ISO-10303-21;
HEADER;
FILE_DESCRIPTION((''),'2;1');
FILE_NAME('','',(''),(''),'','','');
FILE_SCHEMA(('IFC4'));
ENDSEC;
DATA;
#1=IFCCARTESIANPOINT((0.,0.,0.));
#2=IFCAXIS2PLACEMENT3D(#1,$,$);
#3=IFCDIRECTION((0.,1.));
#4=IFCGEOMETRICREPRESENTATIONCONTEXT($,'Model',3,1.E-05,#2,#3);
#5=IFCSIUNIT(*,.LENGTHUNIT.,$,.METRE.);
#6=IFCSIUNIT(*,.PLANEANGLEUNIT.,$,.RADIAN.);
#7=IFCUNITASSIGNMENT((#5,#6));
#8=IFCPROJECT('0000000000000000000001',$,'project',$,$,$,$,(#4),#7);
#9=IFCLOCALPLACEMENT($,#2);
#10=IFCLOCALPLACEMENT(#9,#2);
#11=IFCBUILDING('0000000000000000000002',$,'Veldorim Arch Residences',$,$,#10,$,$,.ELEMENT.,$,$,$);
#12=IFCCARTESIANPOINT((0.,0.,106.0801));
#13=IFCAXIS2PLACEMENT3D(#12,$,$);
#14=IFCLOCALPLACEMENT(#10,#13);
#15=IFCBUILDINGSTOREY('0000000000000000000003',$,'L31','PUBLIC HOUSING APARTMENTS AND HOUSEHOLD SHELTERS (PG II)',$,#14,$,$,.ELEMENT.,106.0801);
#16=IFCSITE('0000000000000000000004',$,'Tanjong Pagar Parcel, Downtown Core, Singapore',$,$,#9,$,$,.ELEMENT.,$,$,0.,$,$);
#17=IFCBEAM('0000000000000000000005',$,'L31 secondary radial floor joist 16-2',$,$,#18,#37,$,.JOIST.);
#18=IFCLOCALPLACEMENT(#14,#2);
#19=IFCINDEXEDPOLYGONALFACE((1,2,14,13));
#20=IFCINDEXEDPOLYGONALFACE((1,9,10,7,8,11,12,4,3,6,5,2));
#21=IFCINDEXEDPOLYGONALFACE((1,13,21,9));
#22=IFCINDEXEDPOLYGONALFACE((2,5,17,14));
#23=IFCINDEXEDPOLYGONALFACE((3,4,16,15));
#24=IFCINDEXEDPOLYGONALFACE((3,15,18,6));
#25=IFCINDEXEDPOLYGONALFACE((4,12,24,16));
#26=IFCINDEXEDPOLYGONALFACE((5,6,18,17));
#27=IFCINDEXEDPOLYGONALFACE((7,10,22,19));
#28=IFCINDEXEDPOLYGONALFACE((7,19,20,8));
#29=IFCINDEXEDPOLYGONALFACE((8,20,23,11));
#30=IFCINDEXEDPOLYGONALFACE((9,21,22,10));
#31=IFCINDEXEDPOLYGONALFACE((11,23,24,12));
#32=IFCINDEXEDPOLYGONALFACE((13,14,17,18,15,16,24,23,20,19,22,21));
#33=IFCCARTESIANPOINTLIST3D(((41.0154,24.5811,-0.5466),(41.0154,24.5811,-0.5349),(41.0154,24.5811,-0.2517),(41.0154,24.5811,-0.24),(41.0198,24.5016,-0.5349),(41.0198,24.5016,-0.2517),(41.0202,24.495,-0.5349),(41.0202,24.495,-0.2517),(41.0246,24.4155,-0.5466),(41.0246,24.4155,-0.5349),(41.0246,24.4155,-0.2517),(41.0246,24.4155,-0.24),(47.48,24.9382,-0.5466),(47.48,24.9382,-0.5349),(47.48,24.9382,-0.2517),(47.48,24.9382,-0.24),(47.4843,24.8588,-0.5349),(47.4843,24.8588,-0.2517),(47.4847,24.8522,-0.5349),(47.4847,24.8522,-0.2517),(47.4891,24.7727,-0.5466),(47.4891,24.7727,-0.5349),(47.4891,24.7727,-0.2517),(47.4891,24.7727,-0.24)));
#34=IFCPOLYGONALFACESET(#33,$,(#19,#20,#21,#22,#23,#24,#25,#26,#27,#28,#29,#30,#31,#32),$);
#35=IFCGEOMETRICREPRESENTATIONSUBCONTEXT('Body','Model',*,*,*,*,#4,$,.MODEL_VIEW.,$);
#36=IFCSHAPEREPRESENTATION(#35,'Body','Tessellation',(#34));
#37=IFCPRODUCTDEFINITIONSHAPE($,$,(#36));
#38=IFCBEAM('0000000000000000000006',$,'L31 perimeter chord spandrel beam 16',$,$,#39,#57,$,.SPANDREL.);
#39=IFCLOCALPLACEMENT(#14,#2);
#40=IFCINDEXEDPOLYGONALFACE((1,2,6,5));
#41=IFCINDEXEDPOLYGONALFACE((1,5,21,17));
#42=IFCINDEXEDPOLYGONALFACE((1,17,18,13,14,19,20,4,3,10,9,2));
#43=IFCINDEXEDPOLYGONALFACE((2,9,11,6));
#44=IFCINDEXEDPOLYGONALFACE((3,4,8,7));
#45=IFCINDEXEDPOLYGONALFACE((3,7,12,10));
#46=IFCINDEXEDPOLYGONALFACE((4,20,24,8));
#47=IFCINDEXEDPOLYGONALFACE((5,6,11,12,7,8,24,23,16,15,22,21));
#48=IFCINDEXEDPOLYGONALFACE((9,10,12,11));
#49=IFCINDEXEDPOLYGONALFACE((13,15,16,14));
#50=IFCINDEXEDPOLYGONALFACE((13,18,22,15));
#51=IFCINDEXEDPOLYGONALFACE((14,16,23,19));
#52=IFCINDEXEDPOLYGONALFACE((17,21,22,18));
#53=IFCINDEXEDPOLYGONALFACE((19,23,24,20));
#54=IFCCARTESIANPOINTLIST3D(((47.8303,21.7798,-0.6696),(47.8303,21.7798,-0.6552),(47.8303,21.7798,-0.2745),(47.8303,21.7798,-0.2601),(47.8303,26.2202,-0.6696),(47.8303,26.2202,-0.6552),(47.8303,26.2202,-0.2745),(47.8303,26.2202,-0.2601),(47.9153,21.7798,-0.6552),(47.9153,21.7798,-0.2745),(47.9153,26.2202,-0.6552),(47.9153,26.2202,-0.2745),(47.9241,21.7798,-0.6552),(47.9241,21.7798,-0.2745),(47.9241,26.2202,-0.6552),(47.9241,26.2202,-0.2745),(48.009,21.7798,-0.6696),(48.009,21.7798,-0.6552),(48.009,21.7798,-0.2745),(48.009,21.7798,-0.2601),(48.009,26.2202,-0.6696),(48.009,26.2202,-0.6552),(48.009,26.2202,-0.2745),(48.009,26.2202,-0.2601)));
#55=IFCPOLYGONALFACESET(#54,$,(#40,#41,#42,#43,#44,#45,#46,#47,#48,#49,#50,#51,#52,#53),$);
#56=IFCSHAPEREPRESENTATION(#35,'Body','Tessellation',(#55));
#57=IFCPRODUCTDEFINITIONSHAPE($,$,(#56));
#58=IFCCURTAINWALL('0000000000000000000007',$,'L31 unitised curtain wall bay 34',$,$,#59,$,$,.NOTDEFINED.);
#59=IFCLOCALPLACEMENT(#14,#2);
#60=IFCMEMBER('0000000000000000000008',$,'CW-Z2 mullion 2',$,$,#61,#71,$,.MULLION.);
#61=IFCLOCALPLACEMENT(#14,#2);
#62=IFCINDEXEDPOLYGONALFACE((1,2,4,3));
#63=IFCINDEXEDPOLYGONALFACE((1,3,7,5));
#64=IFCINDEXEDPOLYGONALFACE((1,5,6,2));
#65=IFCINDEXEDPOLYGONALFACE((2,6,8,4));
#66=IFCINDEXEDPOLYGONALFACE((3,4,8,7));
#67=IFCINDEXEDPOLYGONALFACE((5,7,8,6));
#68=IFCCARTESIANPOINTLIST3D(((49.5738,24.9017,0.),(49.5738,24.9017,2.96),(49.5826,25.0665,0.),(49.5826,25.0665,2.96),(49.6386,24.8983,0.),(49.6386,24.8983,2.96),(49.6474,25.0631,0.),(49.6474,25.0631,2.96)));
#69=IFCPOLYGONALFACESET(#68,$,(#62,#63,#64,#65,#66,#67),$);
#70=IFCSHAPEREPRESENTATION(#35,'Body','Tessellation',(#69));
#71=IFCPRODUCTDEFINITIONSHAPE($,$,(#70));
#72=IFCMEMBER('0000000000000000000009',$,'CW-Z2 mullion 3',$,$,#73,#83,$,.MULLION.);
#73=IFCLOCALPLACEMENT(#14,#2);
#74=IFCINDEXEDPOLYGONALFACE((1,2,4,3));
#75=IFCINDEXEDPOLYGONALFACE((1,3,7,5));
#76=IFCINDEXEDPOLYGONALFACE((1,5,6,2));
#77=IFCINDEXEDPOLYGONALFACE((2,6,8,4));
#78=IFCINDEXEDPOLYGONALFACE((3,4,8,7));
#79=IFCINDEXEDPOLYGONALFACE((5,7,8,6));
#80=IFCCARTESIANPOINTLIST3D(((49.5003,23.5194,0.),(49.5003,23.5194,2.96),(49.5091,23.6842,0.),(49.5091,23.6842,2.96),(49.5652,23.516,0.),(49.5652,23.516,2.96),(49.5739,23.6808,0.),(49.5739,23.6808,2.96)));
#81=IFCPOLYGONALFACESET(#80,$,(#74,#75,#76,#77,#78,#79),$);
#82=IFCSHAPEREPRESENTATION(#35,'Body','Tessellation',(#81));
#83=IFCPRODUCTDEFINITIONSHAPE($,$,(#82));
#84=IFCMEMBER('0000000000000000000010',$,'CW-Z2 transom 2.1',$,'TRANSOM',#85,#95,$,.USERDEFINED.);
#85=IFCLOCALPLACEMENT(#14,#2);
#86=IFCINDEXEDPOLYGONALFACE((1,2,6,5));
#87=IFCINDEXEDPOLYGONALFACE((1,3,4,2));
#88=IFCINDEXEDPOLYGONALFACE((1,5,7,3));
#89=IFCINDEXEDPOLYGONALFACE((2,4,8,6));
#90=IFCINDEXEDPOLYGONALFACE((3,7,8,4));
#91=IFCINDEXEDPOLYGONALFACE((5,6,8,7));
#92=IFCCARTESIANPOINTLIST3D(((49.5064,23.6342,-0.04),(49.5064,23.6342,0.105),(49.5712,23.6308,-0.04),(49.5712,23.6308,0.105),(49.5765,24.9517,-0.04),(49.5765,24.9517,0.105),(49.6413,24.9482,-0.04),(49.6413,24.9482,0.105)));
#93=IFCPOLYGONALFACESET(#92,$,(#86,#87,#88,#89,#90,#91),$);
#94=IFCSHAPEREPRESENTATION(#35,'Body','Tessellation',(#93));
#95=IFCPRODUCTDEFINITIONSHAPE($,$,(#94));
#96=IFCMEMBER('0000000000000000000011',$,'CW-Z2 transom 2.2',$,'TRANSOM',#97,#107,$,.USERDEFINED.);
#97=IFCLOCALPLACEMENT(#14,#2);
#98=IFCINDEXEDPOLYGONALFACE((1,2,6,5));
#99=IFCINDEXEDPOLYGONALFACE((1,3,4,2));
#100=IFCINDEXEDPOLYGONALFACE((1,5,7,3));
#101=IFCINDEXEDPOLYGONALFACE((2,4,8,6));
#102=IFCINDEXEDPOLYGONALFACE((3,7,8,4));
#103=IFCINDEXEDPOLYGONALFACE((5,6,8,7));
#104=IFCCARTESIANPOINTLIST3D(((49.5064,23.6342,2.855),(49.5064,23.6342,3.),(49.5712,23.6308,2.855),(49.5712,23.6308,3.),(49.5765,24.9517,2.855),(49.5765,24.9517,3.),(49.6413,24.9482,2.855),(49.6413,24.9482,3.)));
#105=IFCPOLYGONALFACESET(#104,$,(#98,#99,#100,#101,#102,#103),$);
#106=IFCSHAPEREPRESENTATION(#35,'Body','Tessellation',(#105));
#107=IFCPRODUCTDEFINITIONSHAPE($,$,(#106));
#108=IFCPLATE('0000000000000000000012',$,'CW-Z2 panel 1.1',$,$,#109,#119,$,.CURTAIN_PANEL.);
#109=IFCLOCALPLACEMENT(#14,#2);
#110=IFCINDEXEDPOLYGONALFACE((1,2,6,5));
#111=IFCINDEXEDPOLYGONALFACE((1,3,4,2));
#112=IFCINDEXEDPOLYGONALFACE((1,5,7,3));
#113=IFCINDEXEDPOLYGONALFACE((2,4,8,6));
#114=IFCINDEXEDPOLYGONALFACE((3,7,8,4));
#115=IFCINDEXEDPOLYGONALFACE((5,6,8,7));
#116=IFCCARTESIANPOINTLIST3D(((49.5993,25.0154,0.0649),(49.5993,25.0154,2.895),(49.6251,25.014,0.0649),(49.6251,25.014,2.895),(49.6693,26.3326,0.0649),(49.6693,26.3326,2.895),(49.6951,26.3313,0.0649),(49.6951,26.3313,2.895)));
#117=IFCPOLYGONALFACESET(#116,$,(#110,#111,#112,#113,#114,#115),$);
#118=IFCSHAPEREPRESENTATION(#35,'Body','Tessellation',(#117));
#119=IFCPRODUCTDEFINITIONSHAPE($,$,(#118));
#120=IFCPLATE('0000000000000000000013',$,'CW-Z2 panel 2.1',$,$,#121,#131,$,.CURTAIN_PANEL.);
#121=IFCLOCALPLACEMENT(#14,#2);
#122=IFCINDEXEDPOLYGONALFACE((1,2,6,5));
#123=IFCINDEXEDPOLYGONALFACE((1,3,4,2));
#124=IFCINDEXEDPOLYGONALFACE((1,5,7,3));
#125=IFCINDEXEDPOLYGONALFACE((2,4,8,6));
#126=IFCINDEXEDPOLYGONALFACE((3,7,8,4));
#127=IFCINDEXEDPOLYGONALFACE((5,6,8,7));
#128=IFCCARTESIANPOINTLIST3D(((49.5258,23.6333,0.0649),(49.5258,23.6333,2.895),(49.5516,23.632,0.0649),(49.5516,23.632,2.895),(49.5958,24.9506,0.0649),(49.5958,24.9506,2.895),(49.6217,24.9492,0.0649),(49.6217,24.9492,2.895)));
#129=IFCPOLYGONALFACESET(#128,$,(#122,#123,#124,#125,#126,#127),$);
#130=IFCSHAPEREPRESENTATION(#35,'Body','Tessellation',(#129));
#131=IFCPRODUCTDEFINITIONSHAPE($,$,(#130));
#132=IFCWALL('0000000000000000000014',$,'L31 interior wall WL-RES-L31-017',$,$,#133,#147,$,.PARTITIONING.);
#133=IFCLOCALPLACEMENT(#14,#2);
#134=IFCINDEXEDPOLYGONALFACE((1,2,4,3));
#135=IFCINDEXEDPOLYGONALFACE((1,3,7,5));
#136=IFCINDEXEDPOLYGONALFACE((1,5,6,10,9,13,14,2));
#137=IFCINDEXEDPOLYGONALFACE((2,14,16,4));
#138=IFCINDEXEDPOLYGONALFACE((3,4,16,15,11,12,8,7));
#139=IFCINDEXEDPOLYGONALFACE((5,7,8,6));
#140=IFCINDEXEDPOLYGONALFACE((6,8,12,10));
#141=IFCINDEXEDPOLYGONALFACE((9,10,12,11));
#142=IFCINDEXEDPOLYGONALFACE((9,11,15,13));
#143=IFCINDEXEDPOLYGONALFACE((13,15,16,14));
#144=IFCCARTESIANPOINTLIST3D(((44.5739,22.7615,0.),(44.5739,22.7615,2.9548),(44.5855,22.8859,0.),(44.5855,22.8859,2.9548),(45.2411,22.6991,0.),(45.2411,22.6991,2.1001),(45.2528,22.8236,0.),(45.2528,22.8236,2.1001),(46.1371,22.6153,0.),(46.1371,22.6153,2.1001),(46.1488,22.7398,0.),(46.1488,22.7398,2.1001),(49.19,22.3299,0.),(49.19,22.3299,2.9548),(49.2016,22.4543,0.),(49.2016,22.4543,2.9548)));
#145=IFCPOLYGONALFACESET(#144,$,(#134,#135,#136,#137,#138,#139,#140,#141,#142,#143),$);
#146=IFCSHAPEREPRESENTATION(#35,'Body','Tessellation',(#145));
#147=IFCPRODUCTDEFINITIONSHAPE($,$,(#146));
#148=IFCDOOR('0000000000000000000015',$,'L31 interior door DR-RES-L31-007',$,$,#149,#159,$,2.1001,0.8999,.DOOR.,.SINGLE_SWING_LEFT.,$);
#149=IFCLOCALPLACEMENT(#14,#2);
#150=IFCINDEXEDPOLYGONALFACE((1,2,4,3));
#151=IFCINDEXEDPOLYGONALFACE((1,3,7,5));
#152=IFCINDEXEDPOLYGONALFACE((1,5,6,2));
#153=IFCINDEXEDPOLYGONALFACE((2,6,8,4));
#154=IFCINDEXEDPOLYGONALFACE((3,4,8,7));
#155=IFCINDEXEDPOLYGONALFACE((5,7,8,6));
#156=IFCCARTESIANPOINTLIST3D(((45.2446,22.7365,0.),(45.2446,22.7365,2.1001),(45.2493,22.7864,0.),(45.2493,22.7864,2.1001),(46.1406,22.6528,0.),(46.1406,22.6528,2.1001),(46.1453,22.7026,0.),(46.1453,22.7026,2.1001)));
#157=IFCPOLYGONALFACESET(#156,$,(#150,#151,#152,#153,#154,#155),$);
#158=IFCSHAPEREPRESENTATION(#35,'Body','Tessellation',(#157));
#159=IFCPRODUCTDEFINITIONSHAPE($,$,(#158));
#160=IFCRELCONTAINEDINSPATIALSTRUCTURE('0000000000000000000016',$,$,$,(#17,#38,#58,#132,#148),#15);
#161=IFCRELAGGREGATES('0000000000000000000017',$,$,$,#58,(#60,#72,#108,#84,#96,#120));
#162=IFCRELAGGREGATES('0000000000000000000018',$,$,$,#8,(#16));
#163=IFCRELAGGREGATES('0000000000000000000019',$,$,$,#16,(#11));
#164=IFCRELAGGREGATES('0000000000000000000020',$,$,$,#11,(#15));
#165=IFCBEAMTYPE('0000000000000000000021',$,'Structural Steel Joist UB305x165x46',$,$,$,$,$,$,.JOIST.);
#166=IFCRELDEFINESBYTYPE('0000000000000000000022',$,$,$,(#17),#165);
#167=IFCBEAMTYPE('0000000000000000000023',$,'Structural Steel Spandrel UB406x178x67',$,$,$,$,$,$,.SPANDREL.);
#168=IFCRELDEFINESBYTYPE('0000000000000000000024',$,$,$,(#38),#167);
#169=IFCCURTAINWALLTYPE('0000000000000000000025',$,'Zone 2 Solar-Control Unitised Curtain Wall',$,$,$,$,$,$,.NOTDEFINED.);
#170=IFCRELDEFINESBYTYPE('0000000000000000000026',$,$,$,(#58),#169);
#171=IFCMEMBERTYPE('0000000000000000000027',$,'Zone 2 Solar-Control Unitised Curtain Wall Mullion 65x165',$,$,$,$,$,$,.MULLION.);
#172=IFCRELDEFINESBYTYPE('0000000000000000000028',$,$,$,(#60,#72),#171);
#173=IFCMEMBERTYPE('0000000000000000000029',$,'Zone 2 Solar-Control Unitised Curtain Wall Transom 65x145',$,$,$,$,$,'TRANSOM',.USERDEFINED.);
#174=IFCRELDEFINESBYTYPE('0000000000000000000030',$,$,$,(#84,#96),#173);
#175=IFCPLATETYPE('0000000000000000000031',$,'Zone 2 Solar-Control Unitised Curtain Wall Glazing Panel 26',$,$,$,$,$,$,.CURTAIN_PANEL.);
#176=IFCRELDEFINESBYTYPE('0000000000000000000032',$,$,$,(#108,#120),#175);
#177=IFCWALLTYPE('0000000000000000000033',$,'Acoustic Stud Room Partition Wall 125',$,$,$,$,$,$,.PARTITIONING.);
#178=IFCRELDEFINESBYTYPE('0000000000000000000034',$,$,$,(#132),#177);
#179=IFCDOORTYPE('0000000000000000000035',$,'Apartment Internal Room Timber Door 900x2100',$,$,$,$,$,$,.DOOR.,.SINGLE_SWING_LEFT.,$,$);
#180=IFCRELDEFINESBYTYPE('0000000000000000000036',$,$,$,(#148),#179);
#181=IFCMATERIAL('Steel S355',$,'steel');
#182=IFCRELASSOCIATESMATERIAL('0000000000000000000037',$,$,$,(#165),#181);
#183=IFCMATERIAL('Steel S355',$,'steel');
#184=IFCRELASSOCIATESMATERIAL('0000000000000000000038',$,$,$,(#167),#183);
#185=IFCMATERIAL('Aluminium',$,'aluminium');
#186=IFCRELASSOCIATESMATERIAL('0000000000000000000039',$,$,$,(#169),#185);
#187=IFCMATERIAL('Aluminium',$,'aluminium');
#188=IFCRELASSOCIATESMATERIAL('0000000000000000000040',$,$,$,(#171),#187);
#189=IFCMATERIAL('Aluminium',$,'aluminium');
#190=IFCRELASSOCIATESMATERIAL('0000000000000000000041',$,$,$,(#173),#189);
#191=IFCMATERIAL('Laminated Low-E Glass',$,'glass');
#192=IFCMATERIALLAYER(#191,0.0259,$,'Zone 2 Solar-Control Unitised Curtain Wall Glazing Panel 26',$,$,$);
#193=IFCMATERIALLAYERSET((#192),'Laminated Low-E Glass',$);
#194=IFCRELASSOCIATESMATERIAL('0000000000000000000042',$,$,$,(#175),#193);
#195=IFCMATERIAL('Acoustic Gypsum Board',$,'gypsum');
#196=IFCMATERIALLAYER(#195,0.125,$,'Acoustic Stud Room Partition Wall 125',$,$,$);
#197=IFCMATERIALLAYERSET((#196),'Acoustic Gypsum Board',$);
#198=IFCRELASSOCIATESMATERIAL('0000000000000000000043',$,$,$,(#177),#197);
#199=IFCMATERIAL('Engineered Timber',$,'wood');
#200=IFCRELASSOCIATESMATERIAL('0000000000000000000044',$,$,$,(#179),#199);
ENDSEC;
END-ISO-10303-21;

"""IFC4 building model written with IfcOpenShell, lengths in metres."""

from ifc_helpers import new_model, si_unit, direction, frame, frame_2d, origin, origin_2d, place, context, subcontext, project, spatial, rectangle, i_section, extrude, material, layer, layer_set, material_profile, profile_set, type_object, element, fill, aggregate, save


model = new_model("IFC4")

# Units and contexts
model_context = context("Model", 3, precision=1e-05, world=origin(), true_north=direction((0.0, 1.0)))
body_context = subcontext(model_context, "Body", "Model", "MODEL_VIEW")
ifc_project = project(units=[si_unit("LENGTHUNIT", "METRE"), si_unit("PLANEANGLEUNIT", "RADIAN")], contexts=[model_context])

# Site, building, storey
site_placement = place(None, origin())
site = spatial("IfcSite", under=ifc_project, at=site_placement, Name="Tanjong Pagar Parcel, Downtown Core, Singapore", CompositionType="ELEMENT", RefElevation=0.0)
building_placement = place(site_placement, origin())
building = spatial("IfcBuilding", under=site, at=building_placement, Name="Veldorim Arch Residences", CompositionType="ELEMENT")
storey_placement = place(building_placement, frame((0.0, 0.0, 106.0801)))
storey = spatial("IfcBuildingStorey", under=building, at=storey_placement, Name="L31", Description="PUBLIC HOUSING APARTMENTS AND HOUSEHOLD SHELTERS (PG II)", CompositionType="ELEMENT", Elevation=106.0801)

# Beams
ifc_material_1 = material(Name="Steel S355", Category="steel")
ifc_material_profile_1 = material_profile(ifc_material_1, i_section(OverallWidth=0.1658, OverallDepth=0.3066, WebThickness=0.0066, FlangeThickness=0.0117, at=origin_2d()), Name="UB305x165x46")
ifc_profile_set_1 = profile_set([ifc_material_profile_1], Name="Steel S355")
beam_type_1 = type_object("IfcBeamType", Name="Structural Steel Joist UB305x165x46", PredefinedType="JOIST", material=ifc_profile_set_1)
for number, where, z_axis, x_axis, name in (
    (1, (41.02, 24.4983, -0.3933), (0.998477, 0.055167, 0.0), (-0.055167, 0.998477, 0.0), "L31 secondary radial floor joist 16-2"),
):
    element("IfcBeam", number, at=place(storey_placement, frame(where, z_axis=z_axis, x_axis=x_axis)), inside=storey, type_object=beam_type_1, Name=name, PredefinedType="JOIST", context=body_context, shape_type="SweptSolid", body=[
        extrude(i_section(OverallWidth=0.1658, OverallDepth=0.3066, WebThickness=0.0066, FlangeThickness=0.0117, at=origin_2d()), origin(), (0.0, 0.0, 1.0), 6.4744),
    ])
ifc_material_2 = material(Name="Steel S355", Category="steel")
ifc_material_profile_2 = material_profile(ifc_material_2, i_section(OverallWidth=0.1787, OverallDepth=0.4094, WebThickness=0.0088, FlangeThickness=0.0144, at=origin_2d()), Name="UB406x178x67")
ifc_profile_set_2 = profile_set([ifc_material_profile_2], Name="Steel S355")
beam_type_2 = type_object("IfcBeamType", Name="Structural Steel Spandrel UB406x178x67", PredefinedType="SPANDREL", material=ifc_profile_set_2)
beam_1_placement = place(storey_placement, frame((47.9197, 21.7798, -0.4648), z_axis=(0.0, 1.0, 0.0), x_axis=(-1.0, 0.0, 0.0)))
element("IfcBeam", 2, at=beam_1_placement, inside=storey, type_object=beam_type_2, Name="L31 perimeter chord spandrel beam 16", PredefinedType="SPANDREL", context=body_context, shape_type="SweptSolid", body=[
    extrude(i_section(OverallWidth=0.1787, OverallDepth=0.4094, WebThickness=0.0088, FlangeThickness=0.0144, at=origin_2d()), origin(), (0.0, 0.0, 1.0), 4.4404),
])

# Curtain wall, members, plates
ifc_material_3 = material(Name="Aluminium", Category="aluminium")
curtain_wall_type = type_object("IfcCurtainWallType", Name="Zone 2 Solar-Control Unitised Curtain Wall", PredefinedType="NOTDEFINED", material=ifc_material_3)
curtain_wall_placement = place(storey_placement, origin())
curtain_wall = element("IfcCurtainWall", 3, at=curtain_wall_placement, inside=storey, type_object=curtain_wall_type, Name="L31 unitised curtain wall bay 34", PredefinedType="NOTDEFINED")
ifc_material_4 = material(Name="Aluminium", Category="aluminium")
ifc_material_profile_3 = material_profile(ifc_material_4, rectangle(XDim=0.0649, YDim=0.165, at=origin_2d()), Name="ALU_MUL_65x165")
ifc_profile_set_3 = profile_set([ifc_material_profile_3], Name="Aluminium")
member_type_1 = type_object("IfcMemberType", Name="Zone 2 Solar-Control Unitised Curtain Wall Mullion 65x165", PredefinedType="MULLION", material=ifc_profile_set_3)
member_1_placement = place(storey_placement, frame((49.6106, 24.9824, 0.0), z_axis=(0.0, 0.0, 1.0), x_axis=(0.99859, -0.053083, 0.0)))
member_1 = element("IfcMember", 4, at=member_1_placement, type_object=member_type_1, Name="CW-Z2 mullion 2", PredefinedType="MULLION", context=body_context, shape_type="SweptSolid", body=[
    extrude(rectangle(XDim=0.0649, YDim=0.165, at=origin_2d()), origin(), (0.0, 0.0, 1.0), 2.96),
])
member_2_placement = place(storey_placement, frame((49.5371, 23.6001, 0.0), z_axis=(0.0, 0.0, 1.0), x_axis=(0.99859, -0.053083, 0.0)))
member_2 = element("IfcMember", 5, at=member_2_placement, type_object=member_type_1, Name="CW-Z2 mullion 3", PredefinedType="MULLION", context=body_context, shape_type="SweptSolid", body=[
    extrude(rectangle(XDim=0.0649, YDim=0.165, at=origin_2d()), origin(), (0.0, 0.0, 1.0), 2.96),
])
ifc_material_5 = material(Name="Aluminium", Category="aluminium")
ifc_material_profile_4 = material_profile(ifc_material_5, rectangle(XDim=0.0649, YDim=0.145, at=origin_2d()), Name="ALU_TRN_65x145")
ifc_profile_set_4 = profile_set([ifc_material_profile_4], Name="Aluminium")
member_type_2 = type_object("IfcMemberType", Name="Zone 2 Solar-Control Unitised Curtain Wall Transom 65x145", ElementType="TRANSOM", PredefinedType="USERDEFINED", material=ifc_profile_set_4)
member_3_placement = place(storey_placement, frame((49.6089, 24.95, 0.0325), z_axis=(-0.053112, -0.998589, 0.0), x_axis=(0.998589, -0.053112, 0.0)))
member_3 = element("IfcMember", 6, at=member_3_placement, type_object=member_type_2, Name="CW-Z2 transom 2.1", ObjectType="TRANSOM", PredefinedType="USERDEFINED", context=body_context, shape_type="SweptSolid", body=[
    extrude(rectangle(XDim=0.0649, YDim=0.145, at=origin_2d()), origin(), (0.0, 0.0, 1.0), 1.3193),
])
member_4_placement = place(storey_placement, frame((49.6089, 24.95, 2.9275), z_axis=(-0.053112, -0.998589, 0.0), x_axis=(0.998589, -0.053112, 0.0)))
member_4 = element("IfcMember", 7, at=member_4_placement, type_object=member_type_2, Name="CW-Z2 transom 2.2", ObjectType="TRANSOM", PredefinedType="USERDEFINED", context=body_context, shape_type="SweptSolid", body=[
    extrude(rectangle(XDim=0.0649, YDim=0.145, at=origin_2d()), origin(), (0.0, 0.0, 1.0), 1.3193),
])
ifc_material_6 = material(Name="Laminated Low-E Glass", Category="glass")
ifc_layer_1 = layer(ifc_material_6, 0.0259, Name="Zone 2 Solar-Control Unitised Curtain Wall Glazing Panel 26")
ifc_layer_set_1 = layer_set([ifc_layer_1], Name="Laminated Low-E Glass")
plate_type = type_object("IfcPlateType", Name="Zone 2 Solar-Control Unitised Curtain Wall Glazing Panel 26", PredefinedType="CURTAIN_PANEL", material=ifc_layer_set_1)
plate_1_placement = place(storey_placement, frame((49.6472, 25.6733, 0.0649), z_axis=(0.0, 0.0, 1.0), x_axis=(-0.053083, -0.99859, 0.0)))
plate_1 = element("IfcPlate", 8, at=plate_1_placement, type_object=plate_type, Name="CW-Z2 panel 1.1", PredefinedType="CURTAIN_PANEL", context=body_context, shape_type="SweptSolid", body=[
    extrude(rectangle(XDim=1.3191, YDim=0.0259, at=origin_2d()), origin(), (0.0, 0.0, 1.0), 2.8301),
])
plate_2_placement = place(storey_placement, frame((49.5737, 24.2913, 0.0649), z_axis=(0.0, 0.0, 1.0), x_axis=(-0.053083, -0.99859, 0.0)))
plate_2 = element("IfcPlate", 9, at=plate_2_placement, type_object=plate_type, Name="CW-Z2 panel 2.1", PredefinedType="CURTAIN_PANEL", context=body_context, shape_type="SweptSolid", body=[
    extrude(rectangle(XDim=1.3191, YDim=0.0259, at=origin_2d()), origin(), (0.0, 0.0, 1.0), 2.8301),
])
aggregate(curtain_wall, [member_1, member_2, plate_1, member_3, member_4, plate_2])

# Wall, opening, door
ifc_material_7 = material(Name="Acoustic Gypsum Board", Category="gypsum")
ifc_layer_2 = layer(ifc_material_7, 0.125, Name="Acoustic Stud Room Partition Wall 125")
ifc_layer_set_2 = layer_set([ifc_layer_2], Name="Acoustic Gypsum Board")
wall_type_1 = type_object("IfcWallType", Name="Acoustic Stud Room Partition Wall 125", PredefinedType="PARTITIONING", material=ifc_layer_set_2)
wall_1_placement = place(storey_placement, frame((49.1958, 22.3921, 0.0), z_axis=(0.0, 0.0, 1.0), x_axis=(-0.995657, 0.093099, 0.0)))
wall_1 = element("IfcWall", 10, at=wall_1_placement, inside=storey, type_object=wall_type_1, Name="L31 interior wall WL-RES-L31-017", PredefinedType="PARTITIONING", context=body_context, shape_type="SweptSolid", body=[
    extrude(rectangle(XDim=4.6362, YDim=0.125, at=frame_2d((2.3181, 0.0))), origin(), (0.0, 0.0, 1.0), 2.9548),
])
opening_1_placement = place(wall_1_placement, frame((3.0662, 0.0, 0.0)))
opening_1 = element("IfcOpeningElement", 11, at=opening_1_placement, cuts=wall_1, PredefinedType="OPENING", context=body_context, shape_type="SweptSolid", body=[
    extrude(rectangle(XDim=0.8999, YDim=2.1001, at=frame_2d((0.45, 1.05))), frame((0.0, 0.0725, 0.0), z_axis=(0.0, -1.0, 0.0), x_axis=(1.0, 0.0, 0.0)), (0.0, 0.0, 1.0), 0.145),
])
ifc_material_8 = material(Name="Engineered Timber", Category="wood")
door_type = type_object("IfcDoorType", Name="Apartment Internal Room Timber Door 900x2100", OperationType="SINGLE_SWING_LEFT", PredefinedType="DOOR", material=ifc_material_8)
door_1_placement = place(opening_1_placement, origin())
door_1 = element("IfcDoor", 12, at=door_1_placement, inside=storey, type_object=door_type, Name="L31 interior door DR-RES-L31-007", OperationType="SINGLE_SWING_LEFT", OverallHeight=2.1001, OverallWidth=0.8999, PredefinedType="DOOR", context=body_context, shape_type="SweptSolid", body=[
    extrude(rectangle(XDim=0.8999, YDim=2.1001, at=frame_2d((0.45, 1.05))), frame((0.0, 0.0249, 0.0), z_axis=(0.0, -1.0, 0.0), x_axis=(1.0, 0.0, 0.0)), (0.0, 0.0, 1.0), 0.05),
])
fill(opening_1, door_1)

save(model, "model.ifc")
